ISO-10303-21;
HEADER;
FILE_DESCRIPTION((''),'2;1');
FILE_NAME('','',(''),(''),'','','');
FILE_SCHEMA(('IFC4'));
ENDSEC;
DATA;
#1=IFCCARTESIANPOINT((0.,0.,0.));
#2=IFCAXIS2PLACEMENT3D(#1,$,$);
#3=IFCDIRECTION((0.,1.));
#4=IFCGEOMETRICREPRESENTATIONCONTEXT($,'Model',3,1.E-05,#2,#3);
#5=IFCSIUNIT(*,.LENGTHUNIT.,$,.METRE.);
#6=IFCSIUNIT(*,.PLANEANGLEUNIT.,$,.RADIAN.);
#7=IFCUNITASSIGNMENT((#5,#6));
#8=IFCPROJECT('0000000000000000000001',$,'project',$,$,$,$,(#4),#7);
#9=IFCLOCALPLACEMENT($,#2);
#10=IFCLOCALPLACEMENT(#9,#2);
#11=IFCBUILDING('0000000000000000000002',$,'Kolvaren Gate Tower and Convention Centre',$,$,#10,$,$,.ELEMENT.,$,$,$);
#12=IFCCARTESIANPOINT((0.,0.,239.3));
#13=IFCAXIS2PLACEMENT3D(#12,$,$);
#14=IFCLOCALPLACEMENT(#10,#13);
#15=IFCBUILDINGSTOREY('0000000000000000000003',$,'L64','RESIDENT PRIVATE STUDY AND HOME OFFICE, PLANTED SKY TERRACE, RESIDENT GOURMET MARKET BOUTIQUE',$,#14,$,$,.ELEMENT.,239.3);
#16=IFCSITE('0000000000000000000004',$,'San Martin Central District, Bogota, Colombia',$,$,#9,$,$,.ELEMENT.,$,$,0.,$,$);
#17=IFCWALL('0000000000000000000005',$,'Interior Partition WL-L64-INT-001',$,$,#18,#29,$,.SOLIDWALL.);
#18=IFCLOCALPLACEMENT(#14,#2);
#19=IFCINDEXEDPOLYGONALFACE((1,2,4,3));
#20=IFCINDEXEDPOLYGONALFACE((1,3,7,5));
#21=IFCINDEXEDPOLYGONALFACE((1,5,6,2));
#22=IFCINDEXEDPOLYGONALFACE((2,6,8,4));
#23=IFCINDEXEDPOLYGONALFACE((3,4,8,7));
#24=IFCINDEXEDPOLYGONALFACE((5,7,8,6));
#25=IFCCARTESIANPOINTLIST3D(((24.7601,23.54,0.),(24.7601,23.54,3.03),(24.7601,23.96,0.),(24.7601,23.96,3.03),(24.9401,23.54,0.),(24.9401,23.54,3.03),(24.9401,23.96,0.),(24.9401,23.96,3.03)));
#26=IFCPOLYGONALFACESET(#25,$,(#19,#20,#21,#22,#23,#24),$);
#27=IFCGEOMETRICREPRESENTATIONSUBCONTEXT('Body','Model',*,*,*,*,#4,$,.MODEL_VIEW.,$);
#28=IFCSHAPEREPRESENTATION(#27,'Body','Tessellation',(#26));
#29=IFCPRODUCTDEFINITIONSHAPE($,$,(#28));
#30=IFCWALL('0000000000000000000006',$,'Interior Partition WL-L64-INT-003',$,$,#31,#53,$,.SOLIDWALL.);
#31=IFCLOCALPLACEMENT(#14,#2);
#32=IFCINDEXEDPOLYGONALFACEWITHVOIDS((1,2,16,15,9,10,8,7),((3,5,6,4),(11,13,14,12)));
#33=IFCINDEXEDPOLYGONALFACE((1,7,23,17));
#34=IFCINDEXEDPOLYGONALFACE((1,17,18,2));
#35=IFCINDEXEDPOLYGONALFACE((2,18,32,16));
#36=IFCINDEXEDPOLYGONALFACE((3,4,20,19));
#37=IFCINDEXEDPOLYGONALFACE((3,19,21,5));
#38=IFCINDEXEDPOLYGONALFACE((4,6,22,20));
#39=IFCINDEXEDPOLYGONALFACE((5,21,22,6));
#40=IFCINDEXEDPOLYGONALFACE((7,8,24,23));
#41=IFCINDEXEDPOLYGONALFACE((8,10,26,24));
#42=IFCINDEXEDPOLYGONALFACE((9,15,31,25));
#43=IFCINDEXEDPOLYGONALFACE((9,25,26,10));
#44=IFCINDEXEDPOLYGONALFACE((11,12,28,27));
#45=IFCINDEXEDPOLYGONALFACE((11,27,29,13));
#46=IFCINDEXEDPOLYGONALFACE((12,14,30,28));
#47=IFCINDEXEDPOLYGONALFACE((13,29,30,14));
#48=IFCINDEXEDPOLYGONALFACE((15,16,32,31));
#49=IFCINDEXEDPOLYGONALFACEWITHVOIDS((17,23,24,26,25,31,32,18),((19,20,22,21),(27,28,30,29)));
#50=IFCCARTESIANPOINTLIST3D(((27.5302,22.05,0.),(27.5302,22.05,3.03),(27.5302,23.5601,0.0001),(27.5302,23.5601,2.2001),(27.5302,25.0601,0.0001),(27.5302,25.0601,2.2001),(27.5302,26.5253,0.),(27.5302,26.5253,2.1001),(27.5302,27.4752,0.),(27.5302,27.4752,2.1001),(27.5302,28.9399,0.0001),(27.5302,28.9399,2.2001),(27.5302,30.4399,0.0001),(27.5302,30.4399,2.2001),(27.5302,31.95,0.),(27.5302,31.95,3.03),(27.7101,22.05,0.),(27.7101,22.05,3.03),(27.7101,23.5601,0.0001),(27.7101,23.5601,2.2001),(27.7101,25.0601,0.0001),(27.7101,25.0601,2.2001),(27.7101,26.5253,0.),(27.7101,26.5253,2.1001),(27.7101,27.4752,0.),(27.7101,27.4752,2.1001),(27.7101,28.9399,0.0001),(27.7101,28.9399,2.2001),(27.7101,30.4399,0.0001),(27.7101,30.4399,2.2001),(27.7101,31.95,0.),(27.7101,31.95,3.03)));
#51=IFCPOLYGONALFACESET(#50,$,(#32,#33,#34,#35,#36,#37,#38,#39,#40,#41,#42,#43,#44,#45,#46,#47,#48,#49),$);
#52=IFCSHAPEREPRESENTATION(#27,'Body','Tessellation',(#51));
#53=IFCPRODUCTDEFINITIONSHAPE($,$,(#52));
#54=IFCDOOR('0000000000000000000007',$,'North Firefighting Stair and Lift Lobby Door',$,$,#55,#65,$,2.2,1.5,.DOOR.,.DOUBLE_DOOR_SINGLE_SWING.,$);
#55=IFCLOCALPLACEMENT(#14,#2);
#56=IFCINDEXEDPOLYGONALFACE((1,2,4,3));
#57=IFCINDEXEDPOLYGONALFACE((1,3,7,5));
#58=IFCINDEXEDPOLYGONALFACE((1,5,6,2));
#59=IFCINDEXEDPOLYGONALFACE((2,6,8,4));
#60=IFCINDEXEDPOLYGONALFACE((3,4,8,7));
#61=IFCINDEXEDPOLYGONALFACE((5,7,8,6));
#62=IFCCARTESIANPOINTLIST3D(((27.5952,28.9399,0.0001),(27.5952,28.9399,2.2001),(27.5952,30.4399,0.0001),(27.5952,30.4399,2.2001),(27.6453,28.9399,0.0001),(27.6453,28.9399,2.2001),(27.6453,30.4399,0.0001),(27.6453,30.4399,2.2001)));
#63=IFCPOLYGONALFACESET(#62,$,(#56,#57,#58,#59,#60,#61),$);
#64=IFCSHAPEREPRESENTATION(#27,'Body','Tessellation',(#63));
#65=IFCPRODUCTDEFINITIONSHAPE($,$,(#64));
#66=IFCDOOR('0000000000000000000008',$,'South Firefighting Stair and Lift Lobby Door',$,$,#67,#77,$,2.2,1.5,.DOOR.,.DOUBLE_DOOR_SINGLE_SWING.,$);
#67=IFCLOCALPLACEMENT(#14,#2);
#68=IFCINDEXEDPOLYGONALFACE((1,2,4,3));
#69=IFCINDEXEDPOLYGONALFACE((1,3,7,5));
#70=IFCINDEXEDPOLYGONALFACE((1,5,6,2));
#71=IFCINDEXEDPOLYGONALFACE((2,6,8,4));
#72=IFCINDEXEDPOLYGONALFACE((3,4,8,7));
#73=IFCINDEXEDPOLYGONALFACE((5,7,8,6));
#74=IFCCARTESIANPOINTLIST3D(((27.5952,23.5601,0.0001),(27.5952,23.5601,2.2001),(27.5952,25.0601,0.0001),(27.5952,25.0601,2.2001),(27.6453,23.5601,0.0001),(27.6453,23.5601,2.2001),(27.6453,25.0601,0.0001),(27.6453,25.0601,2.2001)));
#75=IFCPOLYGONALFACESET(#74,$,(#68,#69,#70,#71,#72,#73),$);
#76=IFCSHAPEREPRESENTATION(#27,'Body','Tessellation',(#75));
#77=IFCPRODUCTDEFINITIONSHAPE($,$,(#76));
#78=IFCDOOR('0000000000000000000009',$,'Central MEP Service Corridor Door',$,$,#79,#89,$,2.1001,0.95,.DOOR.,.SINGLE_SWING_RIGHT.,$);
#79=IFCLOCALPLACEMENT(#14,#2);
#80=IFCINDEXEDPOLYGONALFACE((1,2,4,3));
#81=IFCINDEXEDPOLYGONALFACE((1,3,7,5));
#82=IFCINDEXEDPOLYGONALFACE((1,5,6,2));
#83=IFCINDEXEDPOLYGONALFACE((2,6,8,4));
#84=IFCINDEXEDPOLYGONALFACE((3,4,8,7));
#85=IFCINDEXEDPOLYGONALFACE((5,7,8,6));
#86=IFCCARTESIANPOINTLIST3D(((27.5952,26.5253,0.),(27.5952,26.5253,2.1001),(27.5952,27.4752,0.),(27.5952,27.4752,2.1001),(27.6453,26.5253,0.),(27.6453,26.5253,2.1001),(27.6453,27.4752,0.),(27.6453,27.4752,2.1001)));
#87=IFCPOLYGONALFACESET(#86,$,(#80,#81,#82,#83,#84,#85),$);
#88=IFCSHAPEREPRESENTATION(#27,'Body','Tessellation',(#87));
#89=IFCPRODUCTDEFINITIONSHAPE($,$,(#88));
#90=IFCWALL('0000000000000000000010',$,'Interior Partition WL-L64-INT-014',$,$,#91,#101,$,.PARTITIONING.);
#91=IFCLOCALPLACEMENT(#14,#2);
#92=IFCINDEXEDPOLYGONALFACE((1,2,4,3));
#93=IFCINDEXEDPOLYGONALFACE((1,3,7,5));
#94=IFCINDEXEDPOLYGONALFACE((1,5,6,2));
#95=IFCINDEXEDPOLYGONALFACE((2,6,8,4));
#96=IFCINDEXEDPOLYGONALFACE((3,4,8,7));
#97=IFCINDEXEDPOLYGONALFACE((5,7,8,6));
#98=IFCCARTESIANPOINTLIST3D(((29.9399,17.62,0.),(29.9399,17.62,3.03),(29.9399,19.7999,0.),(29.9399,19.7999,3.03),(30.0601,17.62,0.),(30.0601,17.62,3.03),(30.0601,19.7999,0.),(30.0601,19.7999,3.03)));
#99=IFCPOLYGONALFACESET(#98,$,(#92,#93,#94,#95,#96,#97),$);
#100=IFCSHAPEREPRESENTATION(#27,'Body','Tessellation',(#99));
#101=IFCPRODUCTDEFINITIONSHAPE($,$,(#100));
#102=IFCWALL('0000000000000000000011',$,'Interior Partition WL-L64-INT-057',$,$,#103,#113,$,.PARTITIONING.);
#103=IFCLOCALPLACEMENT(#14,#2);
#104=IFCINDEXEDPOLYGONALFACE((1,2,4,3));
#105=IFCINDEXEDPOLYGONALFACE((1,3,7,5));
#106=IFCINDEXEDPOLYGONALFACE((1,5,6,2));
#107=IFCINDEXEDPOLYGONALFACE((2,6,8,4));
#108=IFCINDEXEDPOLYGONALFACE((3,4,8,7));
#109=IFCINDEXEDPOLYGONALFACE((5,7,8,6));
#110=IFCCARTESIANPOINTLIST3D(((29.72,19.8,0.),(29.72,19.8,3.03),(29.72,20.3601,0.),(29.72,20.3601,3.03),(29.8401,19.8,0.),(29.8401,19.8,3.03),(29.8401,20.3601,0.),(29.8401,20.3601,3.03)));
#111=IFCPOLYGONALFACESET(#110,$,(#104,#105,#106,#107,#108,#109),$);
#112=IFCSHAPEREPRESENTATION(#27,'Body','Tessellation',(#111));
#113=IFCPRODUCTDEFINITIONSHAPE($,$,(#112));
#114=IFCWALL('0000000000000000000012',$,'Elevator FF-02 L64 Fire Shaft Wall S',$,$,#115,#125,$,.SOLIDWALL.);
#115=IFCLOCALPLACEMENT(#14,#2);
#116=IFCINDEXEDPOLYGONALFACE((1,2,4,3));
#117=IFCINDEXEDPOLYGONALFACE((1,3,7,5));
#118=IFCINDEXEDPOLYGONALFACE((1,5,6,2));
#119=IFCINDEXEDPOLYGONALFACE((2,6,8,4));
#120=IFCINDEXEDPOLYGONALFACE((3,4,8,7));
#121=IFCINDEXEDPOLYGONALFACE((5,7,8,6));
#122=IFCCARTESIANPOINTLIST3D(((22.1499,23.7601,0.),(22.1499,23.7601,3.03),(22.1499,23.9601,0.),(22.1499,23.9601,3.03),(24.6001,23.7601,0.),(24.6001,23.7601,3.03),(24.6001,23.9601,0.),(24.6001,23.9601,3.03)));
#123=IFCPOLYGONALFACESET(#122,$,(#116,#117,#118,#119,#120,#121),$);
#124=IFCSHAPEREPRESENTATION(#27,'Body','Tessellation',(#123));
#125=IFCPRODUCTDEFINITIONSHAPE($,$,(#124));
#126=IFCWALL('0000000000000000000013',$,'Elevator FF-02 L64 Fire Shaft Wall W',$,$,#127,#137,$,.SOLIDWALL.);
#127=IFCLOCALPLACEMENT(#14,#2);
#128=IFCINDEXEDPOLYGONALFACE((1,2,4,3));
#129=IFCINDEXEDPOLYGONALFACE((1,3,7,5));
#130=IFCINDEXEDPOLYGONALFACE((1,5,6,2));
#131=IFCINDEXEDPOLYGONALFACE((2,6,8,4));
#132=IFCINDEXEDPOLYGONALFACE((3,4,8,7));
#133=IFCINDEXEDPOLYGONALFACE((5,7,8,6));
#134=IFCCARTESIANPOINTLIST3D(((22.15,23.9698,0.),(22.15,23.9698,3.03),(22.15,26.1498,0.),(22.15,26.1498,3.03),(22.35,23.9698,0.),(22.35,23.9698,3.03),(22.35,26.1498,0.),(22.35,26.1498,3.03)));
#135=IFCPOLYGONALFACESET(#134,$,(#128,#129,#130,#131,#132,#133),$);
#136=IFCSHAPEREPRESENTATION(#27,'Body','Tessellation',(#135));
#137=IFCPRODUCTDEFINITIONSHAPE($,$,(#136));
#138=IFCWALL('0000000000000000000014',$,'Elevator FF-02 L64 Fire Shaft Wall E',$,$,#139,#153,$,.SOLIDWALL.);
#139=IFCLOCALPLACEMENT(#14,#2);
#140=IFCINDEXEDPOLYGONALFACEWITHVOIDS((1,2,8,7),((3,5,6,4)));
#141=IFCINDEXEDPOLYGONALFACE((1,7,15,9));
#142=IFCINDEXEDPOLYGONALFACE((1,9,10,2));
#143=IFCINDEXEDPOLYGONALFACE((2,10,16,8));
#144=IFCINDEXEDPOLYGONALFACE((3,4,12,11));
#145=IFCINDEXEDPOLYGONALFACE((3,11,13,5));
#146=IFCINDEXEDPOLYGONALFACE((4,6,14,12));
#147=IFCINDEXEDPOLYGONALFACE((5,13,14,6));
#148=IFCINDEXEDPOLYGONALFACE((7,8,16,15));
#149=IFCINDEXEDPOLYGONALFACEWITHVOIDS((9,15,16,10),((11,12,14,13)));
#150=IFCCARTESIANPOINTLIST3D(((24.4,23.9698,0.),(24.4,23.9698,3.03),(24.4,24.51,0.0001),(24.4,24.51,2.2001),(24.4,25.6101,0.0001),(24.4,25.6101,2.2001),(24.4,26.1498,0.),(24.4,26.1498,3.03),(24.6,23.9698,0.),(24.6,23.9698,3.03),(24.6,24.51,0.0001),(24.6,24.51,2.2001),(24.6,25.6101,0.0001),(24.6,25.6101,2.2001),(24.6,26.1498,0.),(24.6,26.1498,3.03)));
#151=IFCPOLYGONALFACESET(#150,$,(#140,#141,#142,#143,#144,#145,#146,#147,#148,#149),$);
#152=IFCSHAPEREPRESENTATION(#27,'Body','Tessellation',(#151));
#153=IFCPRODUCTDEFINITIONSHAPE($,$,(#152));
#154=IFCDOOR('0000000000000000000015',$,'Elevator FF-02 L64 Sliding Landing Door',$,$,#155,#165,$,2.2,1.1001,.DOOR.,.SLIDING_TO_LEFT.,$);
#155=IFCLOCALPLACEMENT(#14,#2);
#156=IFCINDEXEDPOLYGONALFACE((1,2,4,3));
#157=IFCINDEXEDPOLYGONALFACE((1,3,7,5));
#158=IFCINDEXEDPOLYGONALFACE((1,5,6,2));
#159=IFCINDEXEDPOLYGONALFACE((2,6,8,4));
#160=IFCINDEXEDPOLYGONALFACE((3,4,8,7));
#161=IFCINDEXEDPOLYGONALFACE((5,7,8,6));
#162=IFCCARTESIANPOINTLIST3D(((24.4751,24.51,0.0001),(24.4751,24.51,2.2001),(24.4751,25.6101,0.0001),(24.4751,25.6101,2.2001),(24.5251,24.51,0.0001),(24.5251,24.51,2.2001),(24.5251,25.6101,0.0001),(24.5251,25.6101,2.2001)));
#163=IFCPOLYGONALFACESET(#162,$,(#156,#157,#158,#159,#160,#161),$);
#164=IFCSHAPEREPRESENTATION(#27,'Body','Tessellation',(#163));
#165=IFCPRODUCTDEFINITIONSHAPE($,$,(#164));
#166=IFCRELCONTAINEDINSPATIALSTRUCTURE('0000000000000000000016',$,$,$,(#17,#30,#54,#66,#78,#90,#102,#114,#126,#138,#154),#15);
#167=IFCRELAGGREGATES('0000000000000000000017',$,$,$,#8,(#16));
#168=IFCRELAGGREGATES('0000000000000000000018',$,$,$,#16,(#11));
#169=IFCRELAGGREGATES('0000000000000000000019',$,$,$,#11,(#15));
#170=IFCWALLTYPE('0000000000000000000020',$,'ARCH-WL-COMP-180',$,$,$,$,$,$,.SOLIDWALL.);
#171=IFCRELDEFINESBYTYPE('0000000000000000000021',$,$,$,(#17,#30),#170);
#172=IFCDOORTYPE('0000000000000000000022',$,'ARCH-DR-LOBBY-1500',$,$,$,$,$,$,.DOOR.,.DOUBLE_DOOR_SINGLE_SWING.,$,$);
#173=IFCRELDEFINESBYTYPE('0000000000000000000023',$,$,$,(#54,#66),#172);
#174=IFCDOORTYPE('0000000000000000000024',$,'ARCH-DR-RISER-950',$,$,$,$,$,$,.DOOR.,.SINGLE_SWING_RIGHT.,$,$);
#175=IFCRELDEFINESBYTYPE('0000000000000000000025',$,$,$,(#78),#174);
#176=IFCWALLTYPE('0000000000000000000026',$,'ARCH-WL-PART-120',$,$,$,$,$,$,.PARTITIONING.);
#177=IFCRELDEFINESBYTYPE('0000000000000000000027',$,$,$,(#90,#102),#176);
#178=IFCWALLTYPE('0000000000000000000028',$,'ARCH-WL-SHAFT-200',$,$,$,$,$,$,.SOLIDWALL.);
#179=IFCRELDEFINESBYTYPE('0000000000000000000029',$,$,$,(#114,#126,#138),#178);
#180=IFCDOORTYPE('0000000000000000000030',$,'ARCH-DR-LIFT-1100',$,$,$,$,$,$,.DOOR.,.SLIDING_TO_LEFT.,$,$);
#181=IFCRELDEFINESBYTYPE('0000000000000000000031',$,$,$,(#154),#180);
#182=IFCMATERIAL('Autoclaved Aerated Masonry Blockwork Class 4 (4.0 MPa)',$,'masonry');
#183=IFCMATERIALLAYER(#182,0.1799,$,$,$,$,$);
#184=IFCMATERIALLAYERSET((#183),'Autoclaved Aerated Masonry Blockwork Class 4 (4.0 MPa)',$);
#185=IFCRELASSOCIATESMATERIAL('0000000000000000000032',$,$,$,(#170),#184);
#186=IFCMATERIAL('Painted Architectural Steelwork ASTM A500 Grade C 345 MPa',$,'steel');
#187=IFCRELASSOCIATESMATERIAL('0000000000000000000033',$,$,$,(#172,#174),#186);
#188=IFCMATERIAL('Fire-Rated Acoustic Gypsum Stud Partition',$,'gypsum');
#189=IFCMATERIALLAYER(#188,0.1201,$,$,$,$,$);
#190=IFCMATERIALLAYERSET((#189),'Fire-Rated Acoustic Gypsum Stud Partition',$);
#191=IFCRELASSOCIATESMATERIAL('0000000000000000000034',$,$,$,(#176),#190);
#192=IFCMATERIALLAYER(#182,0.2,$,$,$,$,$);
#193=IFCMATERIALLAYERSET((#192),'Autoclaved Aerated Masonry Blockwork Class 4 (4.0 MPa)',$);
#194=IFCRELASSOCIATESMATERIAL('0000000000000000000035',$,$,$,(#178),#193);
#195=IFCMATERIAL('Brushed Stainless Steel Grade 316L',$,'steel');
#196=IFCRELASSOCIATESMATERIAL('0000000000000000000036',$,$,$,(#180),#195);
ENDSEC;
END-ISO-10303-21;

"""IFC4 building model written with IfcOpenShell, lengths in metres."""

from ifc_helpers import new_model, si_unit, direction, frame, frame_2d, origin, place, context, subcontext, project, spatial, rectangle, extrude, material, layer, layer_set, type_object, element, fill, save


model = new_model("IFC4")

# Units and contexts
model_context = context("Model", 3, precision=1e-05, world=origin(), true_north=direction((0.0, 1.0)))
body_context = subcontext(model_context, "Body", "Model", "MODEL_VIEW")
ifc_project = project(units=[si_unit("LENGTHUNIT", "METRE"), si_unit("PLANEANGLEUNIT", "RADIAN")], contexts=[model_context])

# Site, building, storey
site_placement = place(None, origin())
site = spatial("IfcSite", under=ifc_project, at=site_placement, Name="San Martin Central District, Bogota, Colombia", CompositionType="ELEMENT", RefElevation=0.0)
building_placement = place(site_placement, origin())
building = spatial("IfcBuilding", under=site, at=building_placement, Name="Kolvaren Gate Tower and Convention Centre", CompositionType="ELEMENT")
storey_placement = place(building_placement, frame((0.0, 0.0, 239.3)))
storey = spatial("IfcBuildingStorey", under=building, at=storey_placement, Name="L64", Description="RESIDENT PRIVATE STUDY AND HOME OFFICE, PLANTED SKY TERRACE, RESIDENT GOURMET MARKET BOUTIQUE", CompositionType="ELEMENT", Elevation=239.3)

# Wall
ifc_material_1 = material(Name="Autoclaved Aerated Masonry Blockwork Class 4 (4.0 MPa)", Category="masonry")
ifc_layer_1 = layer(ifc_material_1, 0.1799)
ifc_layer_set_1 = layer_set([ifc_layer_1], Name="Autoclaved Aerated Masonry Blockwork Class 4 (4.0 MPa)")
wall_type_1 = type_object("IfcWallType", Name="ARCH-WL-COMP-180", PredefinedType="SOLIDWALL", material=ifc_layer_set_1)
wall_1_placement = place(storey_placement, frame((24.8501, 23.54, 0.0), z_axis=(0.0, 0.0, 1.0), x_axis=(0.0, 1.0, 0.0)))
element("IfcWall", 1, at=wall_1_placement, inside=storey, type_object=wall_type_1, Name="Interior Partition WL-L64-INT-001", PredefinedType="SOLIDWALL", context=body_context, shape_type="SweptSolid", body=[
    extrude(rectangle(XDim=0.4199, YDim=0.1799, at=frame_2d((0.21, 0.0))), origin(), (0.0, 0.0, 1.0), 3.03),
])

# Wall, openings, doors
wall_2_placement = place(storey_placement, frame((27.6201, 22.05, 0.0), z_axis=(0.0, 0.0, 1.0), x_axis=(0.0, 1.0, 0.0)))
wall_2 = element("IfcWall", 2, at=wall_2_placement, inside=storey, type_object=wall_type_1, Name="Interior Partition WL-L64-INT-003", PredefinedType="SOLIDWALL", context=body_context, shape_type="SweptSolid", body=[
    extrude(rectangle(XDim=9.8999, YDim=0.1799, at=frame_2d((4.95, 0.0))), origin(), (0.0, 0.0, 1.0), 3.03),
])
opening_1_placement = place(wall_2_placement, frame((4.4751, 0.0, 0.0)))
opening_1 = element("IfcOpeningElement", 3, at=opening_1_placement, cuts=wall_2, PredefinedType="OPENING", context=body_context, shape_type="SweptSolid", body=[
    extrude(rectangle(XDim=0.95, YDim=2.1001, at=frame_2d((0.4751, 1.05))), frame((0.0, 0.0999, 0.0), z_axis=(0.0, -1.0, 0.0), x_axis=(1.0, 0.0, 0.0)), (0.0, 0.0, 1.0), 0.2),
])
opening_2_placement = place(wall_2_placement, frame((6.8899, 0.0, 0.0)))
opening_2 = element("IfcOpeningElement", 4, at=opening_2_placement, cuts=wall_2, PredefinedType="OPENING", context=body_context, shape_type="SweptSolid", body=[
    extrude(rectangle(XDim=1.5, YDim=2.2, at=frame_2d((0.75, 1.1001))), frame((0.0, 0.0999, 0.0), z_axis=(0.0, -1.0, 0.0), x_axis=(1.0, 0.0, 0.0)), (0.0, 0.0, 1.0), 0.2),
])
opening_3_placement = place(wall_2_placement, frame((1.51, 0.0, 0.0)))
opening_3 = element("IfcOpeningElement", 5, at=opening_3_placement, cuts=wall_2, PredefinedType="OPENING", context=body_context, shape_type="SweptSolid", body=[
    extrude(rectangle(XDim=1.5, YDim=2.2, at=frame_2d((0.75, 1.1001))), frame((0.0, 0.0999, 0.0), z_axis=(0.0, -1.0, 0.0), x_axis=(1.0, 0.0, 0.0)), (0.0, 0.0, 1.0), 0.2),
])
ifc_material_2 = material(Name="Painted Architectural Steelwork ASTM A500 Grade C 345 MPa", Category="steel")
door_type_1 = type_object("IfcDoorType", Name="ARCH-DR-LOBBY-1500", OperationType="DOUBLE_DOOR_SINGLE_SWING", PredefinedType="DOOR", material=ifc_material_2)
door_1_placement = place(opening_2_placement, origin())
door_1 = element("IfcDoor", 6, at=door_1_placement, inside=storey, type_object=door_type_1, Name="North Firefighting Stair and Lift Lobby Door", OperationType="DOUBLE_DOOR_SINGLE_SWING", OverallHeight=2.2, OverallWidth=1.5, PredefinedType="DOOR", context=body_context, shape_type="SweptSolid", body=[
    extrude(rectangle(XDim=1.5, YDim=2.2, at=frame_2d((0.75, 1.1001))), frame((0.0, 0.0249, 0.0), z_axis=(0.0, -1.0, 0.0), x_axis=(1.0, 0.0, 0.0)), (0.0, 0.0, 1.0), 0.05),
])
fill(opening_2, door_1)
door_2_placement = place(opening_3_placement, origin())
door_2 = element("IfcDoor", 7, at=door_2_placement, inside=storey, type_object=door_type_1, Name="South Firefighting Stair and Lift Lobby Door", OperationType="DOUBLE_DOOR_SINGLE_SWING", OverallHeight=2.2, OverallWidth=1.5, PredefinedType="DOOR", context=body_context, shape_type="SweptSolid", body=[
    extrude(rectangle(XDim=1.5, YDim=2.2, at=frame_2d((0.75, 1.1001))), frame((0.0, 0.0249, 0.0), z_axis=(0.0, -1.0, 0.0), x_axis=(1.0, 0.0, 0.0)), (0.0, 0.0, 1.0), 0.05),
])
fill(opening_3, door_2)
door_type_2 = type_object("IfcDoorType", Name="ARCH-DR-RISER-950", OperationType="SINGLE_SWING_RIGHT", PredefinedType="DOOR", material=ifc_material_2)
door_3_placement = place(opening_1_placement, origin())
door_3 = element("IfcDoor", 8, at=door_3_placement, inside=storey, type_object=door_type_2, Name="Central MEP Service Corridor Door", OperationType="SINGLE_SWING_RIGHT", OverallHeight=2.1001, OverallWidth=0.95, PredefinedType="DOOR", context=body_context, shape_type="SweptSolid", body=[
    extrude(rectangle(XDim=0.95, YDim=2.1001, at=frame_2d((0.4751, 1.05))), frame((0.0, 0.0249, 0.0), z_axis=(0.0, -1.0, 0.0), x_axis=(1.0, 0.0, 0.0)), (0.0, 0.0, 1.0), 0.05),
])
fill(opening_1, door_3)

# Walls
ifc_material_3 = material(Name="Fire-Rated Acoustic Gypsum Stud Partition", Category="gypsum")
ifc_layer_2 = layer(ifc_material_3, 0.1201)
ifc_layer_set_2 = layer_set([ifc_layer_2], Name="Fire-Rated Acoustic Gypsum Stud Partition")
wall_type_2 = type_object("IfcWallType", Name="ARCH-WL-PART-120", PredefinedType="PARTITIONING", material=ifc_layer_set_2)
wall_3_placement = place(storey_placement, frame((30.0, 17.6201, 0.0), z_axis=(0.0, 0.0, 1.0), x_axis=(0.0, 1.0, 0.0)))
element("IfcWall", 9, at=wall_3_placement, inside=storey, type_object=wall_type_2, Name="Interior Partition WL-L64-INT-014", PredefinedType="PARTITIONING", context=body_context, shape_type="SweptSolid", body=[
    extrude(rectangle(XDim=2.1799, YDim=0.1201, at=frame_2d((1.0898, 0.0))), origin(), (0.0, 0.0, 1.0), 3.03),
])
wall_4_placement = place(storey_placement, frame((29.78, 19.8, 0.0), z_axis=(0.0, 0.0, 1.0), x_axis=(0.0, 1.0, 0.0)))
element("IfcWall", 10, at=wall_4_placement, inside=storey, type_object=wall_type_2, Name="Interior Partition WL-L64-INT-057", PredefinedType="PARTITIONING", context=body_context, shape_type="SweptSolid", body=[
    extrude(rectangle(XDim=0.5601, YDim=0.1201, at=frame_2d((0.28, 0.0))), origin(), (0.0, 0.0, 1.0), 3.03),
])
ifc_layer_3 = layer(ifc_material_1, 0.2)
ifc_layer_set_3 = layer_set([ifc_layer_3], Name="Autoclaved Aerated Masonry Blockwork Class 4 (4.0 MPa)")
wall_type_3 = type_object("IfcWallType", Name="ARCH-WL-SHAFT-200", PredefinedType="SOLIDWALL", material=ifc_layer_set_3)
wall_5_placement = place(storey_placement, frame((22.1499, 23.8601, 0.0), z_axis=(0.0, 0.0, 1.0), x_axis=(1.0, 0.0, 0.0)))
element("IfcWall", 11, at=wall_5_placement, inside=storey, type_object=wall_type_3, Name="Elevator FF-02 L64 Fire Shaft Wall S", PredefinedType="SOLIDWALL", context=body_context, shape_type="SweptSolid", body=[
    extrude(rectangle(XDim=2.4502, YDim=0.2, at=frame_2d((1.2251, 0.0))), origin(), (0.0, 0.0, 1.0), 3.03),
])
wall_6_placement = place(storey_placement, frame((22.25, 23.97, 0.0), z_axis=(0.0, 0.0, 1.0), x_axis=(0.0, 1.0, 0.0)))
element("IfcWall", 12, at=wall_6_placement, inside=storey, type_object=wall_type_3, Name="Elevator FF-02 L64 Fire Shaft Wall W", PredefinedType="SOLIDWALL", context=body_context, shape_type="SweptSolid", body=[
    extrude(rectangle(XDim=2.1799, YDim=0.2, at=frame_2d((1.0898, 0.0))), origin(), (0.0, 0.0, 1.0), 3.03),
])

# Wall, opening, door
wall_7_placement = place(storey_placement, frame((24.5, 23.97, 0.0), z_axis=(0.0, 0.0, 1.0), x_axis=(0.0, 1.0, 0.0)))
wall_7 = element("IfcWall", 13, at=wall_7_placement, inside=storey, type_object=wall_type_3, Name="Elevator FF-02 L64 Fire Shaft Wall E", PredefinedType="SOLIDWALL", context=body_context, shape_type="SweptSolid", body=[
    extrude(rectangle(XDim=2.1799, YDim=0.2, at=frame_2d((1.0898, 0.0))), origin(), (0.0, 0.0, 1.0), 3.03),
])
opening_4_placement = place(wall_7_placement, frame((0.54, 0.0, 0.0)))
opening_4 = element("IfcOpeningElement", 14, at=opening_4_placement, cuts=wall_7, PredefinedType="OPENING", context=body_context, shape_type="SweptSolid", body=[
    extrude(rectangle(XDim=1.1001, YDim=2.2, at=frame_2d((0.55, 1.1001))), frame((0.0, 0.1099, 0.0), z_axis=(0.0, -1.0, 0.0), x_axis=(1.0, 0.0, 0.0)), (0.0, 0.0, 1.0), 0.22),
])
ifc_material_4 = material(Name="Brushed Stainless Steel Grade 316L", Category="steel")
door_type_3 = type_object("IfcDoorType", Name="ARCH-DR-LIFT-1100", OperationType="SLIDING_TO_LEFT", PredefinedType="DOOR", material=ifc_material_4)
door_4_placement = place(opening_4_placement, origin())
door_4 = element("IfcDoor", 15, at=door_4_placement, inside=storey, type_object=door_type_3, Name="Elevator FF-02 L64 Sliding Landing Door", OperationType="SLIDING_TO_LEFT", OverallHeight=2.2, OverallWidth=1.1001, PredefinedType="DOOR", context=body_context, shape_type="SweptSolid", body=[
    extrude(rectangle(XDim=1.1001, YDim=2.2, at=frame_2d((0.55, 1.1001))), frame((0.0, 0.0249, 0.0), z_axis=(0.0, -1.0, 0.0), x_axis=(1.0, 0.0, 0.0)), (0.0, 0.0, 1.0), 0.05),
])
fill(opening_4, door_4)

save(model, "model.ifc")
